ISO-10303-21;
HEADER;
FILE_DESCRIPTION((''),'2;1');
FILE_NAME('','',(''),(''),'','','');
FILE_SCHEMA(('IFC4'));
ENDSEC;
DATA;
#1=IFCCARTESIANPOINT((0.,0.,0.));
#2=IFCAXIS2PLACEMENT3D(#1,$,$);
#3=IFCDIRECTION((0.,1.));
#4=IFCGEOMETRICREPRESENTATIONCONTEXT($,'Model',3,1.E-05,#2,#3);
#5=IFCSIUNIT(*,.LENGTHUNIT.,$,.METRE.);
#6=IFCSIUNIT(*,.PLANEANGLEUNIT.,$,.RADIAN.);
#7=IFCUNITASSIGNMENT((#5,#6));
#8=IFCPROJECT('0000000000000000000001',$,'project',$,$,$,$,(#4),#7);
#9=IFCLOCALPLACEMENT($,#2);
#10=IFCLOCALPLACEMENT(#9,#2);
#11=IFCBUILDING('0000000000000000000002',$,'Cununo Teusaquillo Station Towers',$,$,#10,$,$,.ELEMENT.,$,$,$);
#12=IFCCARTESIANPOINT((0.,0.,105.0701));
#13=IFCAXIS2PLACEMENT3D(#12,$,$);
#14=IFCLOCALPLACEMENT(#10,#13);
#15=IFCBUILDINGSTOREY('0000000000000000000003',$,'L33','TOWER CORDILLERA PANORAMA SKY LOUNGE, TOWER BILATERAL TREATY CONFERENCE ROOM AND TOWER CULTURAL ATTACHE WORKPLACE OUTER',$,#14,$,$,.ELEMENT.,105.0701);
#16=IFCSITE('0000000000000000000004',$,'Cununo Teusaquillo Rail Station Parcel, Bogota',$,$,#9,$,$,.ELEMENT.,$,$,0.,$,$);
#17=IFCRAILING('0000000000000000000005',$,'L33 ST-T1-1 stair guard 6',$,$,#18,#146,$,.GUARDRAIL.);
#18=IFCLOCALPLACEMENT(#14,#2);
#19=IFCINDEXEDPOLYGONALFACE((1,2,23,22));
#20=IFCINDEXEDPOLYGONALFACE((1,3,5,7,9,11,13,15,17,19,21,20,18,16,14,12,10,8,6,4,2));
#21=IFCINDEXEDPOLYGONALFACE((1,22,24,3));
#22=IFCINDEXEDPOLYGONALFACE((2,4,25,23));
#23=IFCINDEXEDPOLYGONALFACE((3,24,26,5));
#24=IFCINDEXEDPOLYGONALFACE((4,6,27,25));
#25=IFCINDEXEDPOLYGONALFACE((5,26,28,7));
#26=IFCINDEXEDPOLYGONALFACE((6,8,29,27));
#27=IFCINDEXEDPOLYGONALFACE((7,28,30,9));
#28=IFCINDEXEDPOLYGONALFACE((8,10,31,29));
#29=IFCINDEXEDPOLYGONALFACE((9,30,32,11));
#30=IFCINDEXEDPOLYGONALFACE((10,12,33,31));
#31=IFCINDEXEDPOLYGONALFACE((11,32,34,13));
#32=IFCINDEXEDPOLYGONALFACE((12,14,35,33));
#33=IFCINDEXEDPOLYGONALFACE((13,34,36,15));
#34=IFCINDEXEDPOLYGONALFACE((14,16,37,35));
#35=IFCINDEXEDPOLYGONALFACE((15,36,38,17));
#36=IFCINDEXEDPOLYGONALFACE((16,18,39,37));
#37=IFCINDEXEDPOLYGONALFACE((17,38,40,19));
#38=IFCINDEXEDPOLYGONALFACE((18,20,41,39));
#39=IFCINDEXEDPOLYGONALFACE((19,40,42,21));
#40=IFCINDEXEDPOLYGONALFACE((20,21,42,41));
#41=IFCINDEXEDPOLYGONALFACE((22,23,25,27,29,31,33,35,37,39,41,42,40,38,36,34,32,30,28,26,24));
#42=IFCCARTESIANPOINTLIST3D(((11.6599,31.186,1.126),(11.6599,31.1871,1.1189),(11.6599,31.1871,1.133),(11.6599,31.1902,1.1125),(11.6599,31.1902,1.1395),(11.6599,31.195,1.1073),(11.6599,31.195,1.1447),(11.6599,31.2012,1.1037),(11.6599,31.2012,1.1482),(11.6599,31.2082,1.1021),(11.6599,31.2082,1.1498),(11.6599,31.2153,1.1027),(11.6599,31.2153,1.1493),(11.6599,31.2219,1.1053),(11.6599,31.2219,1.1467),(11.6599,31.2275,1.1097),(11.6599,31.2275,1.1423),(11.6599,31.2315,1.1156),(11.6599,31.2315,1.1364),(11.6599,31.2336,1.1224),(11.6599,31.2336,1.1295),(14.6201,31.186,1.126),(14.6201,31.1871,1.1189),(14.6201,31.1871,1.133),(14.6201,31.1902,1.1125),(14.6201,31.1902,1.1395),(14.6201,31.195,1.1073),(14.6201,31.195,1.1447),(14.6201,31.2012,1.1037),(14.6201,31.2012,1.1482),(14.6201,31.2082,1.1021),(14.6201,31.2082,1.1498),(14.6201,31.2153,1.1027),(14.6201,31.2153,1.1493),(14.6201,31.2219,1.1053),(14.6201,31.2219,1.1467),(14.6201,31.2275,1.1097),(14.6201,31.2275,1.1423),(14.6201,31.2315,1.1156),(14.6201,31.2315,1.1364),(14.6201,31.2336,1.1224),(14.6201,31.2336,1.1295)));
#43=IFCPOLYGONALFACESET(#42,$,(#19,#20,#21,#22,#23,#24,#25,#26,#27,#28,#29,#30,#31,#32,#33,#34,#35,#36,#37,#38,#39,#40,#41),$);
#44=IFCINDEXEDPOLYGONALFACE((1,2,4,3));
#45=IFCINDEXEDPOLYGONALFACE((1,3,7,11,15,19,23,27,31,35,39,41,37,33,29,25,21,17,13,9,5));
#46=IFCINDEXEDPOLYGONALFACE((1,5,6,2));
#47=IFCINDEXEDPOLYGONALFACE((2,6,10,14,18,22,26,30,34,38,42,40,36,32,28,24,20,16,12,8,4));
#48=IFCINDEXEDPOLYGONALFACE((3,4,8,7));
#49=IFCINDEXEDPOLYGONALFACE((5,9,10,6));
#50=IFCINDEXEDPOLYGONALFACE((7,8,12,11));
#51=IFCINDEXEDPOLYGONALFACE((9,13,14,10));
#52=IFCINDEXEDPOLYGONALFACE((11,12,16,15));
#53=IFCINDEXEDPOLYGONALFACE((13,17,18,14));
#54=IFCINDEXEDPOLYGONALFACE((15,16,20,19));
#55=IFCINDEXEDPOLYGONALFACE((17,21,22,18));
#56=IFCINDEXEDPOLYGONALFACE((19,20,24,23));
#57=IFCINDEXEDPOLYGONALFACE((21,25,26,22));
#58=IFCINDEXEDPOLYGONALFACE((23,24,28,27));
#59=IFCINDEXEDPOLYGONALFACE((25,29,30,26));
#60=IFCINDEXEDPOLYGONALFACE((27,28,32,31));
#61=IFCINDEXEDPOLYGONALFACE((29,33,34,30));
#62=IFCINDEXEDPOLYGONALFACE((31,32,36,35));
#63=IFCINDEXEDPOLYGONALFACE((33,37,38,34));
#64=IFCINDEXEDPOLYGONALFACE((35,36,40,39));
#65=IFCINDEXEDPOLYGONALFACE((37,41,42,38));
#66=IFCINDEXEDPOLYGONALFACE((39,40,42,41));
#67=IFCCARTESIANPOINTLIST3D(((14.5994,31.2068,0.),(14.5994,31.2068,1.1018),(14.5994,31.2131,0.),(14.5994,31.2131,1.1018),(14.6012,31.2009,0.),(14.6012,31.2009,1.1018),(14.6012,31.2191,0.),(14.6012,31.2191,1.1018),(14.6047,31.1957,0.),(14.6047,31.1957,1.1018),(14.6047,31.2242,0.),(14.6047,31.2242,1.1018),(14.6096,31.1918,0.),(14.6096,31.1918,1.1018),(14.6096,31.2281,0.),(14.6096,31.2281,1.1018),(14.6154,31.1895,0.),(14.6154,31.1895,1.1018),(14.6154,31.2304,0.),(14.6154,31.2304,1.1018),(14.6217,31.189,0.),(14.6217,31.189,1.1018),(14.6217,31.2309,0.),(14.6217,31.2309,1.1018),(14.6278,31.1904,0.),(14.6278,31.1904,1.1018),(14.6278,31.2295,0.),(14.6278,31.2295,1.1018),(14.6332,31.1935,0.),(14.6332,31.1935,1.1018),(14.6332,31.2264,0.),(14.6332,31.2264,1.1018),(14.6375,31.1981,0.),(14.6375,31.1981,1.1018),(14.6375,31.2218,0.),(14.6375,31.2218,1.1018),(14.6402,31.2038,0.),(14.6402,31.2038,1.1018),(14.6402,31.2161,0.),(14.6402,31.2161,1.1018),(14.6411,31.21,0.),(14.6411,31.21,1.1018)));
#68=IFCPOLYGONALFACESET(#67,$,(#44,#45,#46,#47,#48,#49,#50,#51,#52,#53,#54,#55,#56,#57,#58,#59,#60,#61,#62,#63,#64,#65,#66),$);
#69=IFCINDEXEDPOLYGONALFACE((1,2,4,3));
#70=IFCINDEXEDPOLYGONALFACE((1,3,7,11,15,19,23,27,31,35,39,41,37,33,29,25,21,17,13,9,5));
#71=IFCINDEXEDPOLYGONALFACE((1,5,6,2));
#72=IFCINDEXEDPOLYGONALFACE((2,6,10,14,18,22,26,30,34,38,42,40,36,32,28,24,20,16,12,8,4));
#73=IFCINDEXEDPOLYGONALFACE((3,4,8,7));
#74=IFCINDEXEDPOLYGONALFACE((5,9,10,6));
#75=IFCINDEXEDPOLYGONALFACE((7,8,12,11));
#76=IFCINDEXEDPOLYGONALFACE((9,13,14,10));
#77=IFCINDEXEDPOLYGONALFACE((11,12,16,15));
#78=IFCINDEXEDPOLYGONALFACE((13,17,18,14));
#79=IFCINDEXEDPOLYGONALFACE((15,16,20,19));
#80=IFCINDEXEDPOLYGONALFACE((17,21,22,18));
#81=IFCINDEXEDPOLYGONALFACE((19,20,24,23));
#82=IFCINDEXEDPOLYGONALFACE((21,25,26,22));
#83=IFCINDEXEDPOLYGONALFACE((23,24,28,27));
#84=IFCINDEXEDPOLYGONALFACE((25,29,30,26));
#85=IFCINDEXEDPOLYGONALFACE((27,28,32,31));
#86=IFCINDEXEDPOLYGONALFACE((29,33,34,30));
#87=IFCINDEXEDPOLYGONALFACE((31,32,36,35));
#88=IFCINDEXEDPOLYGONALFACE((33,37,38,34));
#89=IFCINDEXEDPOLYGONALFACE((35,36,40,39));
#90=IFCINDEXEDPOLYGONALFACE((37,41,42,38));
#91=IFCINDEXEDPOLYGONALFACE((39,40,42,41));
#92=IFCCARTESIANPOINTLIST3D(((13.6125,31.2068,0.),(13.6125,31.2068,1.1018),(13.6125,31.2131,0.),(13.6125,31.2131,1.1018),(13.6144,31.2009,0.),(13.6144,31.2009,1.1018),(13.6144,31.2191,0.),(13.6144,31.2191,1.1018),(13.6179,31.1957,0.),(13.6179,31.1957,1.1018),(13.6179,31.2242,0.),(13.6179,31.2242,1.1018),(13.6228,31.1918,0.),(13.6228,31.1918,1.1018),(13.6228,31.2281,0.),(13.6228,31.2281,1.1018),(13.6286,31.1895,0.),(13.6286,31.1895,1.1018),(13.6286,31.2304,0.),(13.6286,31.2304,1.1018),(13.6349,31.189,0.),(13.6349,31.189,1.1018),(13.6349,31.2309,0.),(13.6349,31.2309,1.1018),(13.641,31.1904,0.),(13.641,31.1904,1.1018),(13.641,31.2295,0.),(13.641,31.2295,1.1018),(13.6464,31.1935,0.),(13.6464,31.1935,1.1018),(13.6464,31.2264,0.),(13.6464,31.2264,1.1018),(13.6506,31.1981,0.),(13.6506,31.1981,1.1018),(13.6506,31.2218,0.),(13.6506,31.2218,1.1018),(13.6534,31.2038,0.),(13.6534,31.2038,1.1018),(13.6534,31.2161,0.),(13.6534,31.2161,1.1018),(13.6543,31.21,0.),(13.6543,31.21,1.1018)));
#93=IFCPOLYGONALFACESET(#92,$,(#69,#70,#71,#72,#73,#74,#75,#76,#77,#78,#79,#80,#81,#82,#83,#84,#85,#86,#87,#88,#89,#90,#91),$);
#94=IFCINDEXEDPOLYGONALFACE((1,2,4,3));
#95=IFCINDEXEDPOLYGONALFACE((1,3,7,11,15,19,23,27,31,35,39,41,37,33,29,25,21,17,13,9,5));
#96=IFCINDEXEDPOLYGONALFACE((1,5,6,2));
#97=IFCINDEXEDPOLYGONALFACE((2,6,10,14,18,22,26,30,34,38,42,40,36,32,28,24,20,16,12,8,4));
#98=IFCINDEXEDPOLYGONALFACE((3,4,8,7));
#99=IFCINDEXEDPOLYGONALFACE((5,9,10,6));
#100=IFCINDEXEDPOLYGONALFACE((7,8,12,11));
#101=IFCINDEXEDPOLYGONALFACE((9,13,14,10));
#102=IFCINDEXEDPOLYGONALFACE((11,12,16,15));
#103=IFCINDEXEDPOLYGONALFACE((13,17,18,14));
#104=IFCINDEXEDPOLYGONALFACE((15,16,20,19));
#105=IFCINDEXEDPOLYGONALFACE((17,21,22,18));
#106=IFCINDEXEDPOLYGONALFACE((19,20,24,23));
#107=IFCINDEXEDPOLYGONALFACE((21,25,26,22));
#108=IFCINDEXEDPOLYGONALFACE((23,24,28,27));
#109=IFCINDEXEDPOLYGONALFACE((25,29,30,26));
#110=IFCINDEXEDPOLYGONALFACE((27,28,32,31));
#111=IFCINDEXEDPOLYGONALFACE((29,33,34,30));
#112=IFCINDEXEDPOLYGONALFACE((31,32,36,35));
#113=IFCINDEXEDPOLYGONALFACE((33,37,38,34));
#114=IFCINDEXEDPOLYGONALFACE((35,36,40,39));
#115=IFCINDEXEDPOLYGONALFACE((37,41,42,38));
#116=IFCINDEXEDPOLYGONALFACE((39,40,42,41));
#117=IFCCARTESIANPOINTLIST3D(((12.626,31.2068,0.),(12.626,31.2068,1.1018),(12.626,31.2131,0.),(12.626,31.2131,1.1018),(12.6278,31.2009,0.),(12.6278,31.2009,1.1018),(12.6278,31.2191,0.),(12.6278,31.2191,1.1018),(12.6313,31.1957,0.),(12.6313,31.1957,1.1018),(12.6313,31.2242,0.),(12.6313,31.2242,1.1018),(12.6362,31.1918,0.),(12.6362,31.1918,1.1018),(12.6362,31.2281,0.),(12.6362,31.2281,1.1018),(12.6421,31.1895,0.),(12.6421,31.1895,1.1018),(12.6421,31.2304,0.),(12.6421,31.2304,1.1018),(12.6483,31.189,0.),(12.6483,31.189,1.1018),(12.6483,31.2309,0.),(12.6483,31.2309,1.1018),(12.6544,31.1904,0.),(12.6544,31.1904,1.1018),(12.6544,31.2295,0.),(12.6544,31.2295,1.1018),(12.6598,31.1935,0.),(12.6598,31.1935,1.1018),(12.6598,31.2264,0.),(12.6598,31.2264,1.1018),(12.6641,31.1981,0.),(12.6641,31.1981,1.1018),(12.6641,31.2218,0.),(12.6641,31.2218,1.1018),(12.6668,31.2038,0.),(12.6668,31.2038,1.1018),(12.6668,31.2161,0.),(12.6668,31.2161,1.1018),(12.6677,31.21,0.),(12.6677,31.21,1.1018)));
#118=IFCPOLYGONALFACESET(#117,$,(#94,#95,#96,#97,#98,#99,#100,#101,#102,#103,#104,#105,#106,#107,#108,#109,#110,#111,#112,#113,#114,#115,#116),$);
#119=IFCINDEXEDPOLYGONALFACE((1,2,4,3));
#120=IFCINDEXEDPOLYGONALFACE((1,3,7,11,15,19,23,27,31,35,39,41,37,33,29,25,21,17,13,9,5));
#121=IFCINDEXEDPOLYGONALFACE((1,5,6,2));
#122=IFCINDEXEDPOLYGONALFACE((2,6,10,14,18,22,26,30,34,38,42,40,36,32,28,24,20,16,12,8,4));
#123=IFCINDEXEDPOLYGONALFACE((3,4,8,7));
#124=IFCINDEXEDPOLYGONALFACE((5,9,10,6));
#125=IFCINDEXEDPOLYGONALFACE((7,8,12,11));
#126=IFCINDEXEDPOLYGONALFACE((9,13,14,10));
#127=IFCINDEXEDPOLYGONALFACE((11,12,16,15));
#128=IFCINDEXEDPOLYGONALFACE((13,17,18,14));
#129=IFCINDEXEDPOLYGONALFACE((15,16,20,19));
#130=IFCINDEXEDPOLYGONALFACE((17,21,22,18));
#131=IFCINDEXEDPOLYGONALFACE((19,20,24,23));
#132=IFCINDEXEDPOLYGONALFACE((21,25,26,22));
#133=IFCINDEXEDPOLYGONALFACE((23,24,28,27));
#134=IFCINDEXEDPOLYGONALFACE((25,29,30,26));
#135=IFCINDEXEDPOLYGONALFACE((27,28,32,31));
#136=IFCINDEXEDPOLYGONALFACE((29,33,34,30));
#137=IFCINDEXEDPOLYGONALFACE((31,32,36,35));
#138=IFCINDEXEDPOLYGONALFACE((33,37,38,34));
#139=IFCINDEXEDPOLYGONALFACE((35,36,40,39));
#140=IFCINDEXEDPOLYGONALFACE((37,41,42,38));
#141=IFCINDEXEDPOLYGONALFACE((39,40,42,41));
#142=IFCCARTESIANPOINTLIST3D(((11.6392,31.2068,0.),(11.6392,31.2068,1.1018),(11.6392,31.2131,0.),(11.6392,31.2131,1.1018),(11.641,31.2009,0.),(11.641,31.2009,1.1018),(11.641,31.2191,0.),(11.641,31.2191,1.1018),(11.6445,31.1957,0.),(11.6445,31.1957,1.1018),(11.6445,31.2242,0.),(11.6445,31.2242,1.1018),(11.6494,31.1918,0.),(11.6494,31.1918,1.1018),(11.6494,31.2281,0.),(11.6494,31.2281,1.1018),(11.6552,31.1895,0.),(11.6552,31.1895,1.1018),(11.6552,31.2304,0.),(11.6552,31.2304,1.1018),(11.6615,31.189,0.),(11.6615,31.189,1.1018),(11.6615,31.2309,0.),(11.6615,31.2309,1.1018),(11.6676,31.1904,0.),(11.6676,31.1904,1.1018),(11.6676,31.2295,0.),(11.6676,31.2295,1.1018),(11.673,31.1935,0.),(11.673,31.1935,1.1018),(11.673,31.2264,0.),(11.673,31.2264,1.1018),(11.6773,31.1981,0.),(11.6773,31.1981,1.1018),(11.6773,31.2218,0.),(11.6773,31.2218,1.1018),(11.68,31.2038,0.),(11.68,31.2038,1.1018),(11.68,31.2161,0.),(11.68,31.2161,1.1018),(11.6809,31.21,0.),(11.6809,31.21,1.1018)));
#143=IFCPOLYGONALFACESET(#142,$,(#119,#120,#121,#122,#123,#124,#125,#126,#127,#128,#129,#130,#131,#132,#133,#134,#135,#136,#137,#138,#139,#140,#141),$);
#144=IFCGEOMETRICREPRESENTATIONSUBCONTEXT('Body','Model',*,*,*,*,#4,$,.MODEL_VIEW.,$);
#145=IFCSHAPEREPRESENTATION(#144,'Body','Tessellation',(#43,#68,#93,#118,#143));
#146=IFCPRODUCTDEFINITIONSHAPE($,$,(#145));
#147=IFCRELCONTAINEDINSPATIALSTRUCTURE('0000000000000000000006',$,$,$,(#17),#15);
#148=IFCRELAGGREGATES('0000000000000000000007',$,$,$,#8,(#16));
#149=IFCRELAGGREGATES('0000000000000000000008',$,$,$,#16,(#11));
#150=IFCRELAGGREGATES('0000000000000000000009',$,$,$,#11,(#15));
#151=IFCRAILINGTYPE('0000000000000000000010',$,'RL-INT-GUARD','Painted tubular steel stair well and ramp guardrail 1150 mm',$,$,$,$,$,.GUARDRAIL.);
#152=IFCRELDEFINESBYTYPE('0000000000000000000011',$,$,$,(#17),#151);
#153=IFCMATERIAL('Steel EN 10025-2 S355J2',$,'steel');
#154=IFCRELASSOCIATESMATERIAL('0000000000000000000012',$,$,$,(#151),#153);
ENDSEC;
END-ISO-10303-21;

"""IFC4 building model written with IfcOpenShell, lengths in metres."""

from ifc_helpers import new_model, si_unit, direction, frame, origin, origin_2d, place, context, subcontext, project, spatial, circle, extrude, material, type_object, element, save


model = new_model("IFC4")

# Units and contexts
model_context = context("Model", 3, precision=1e-05, world=origin(), true_north=direction((0.0, 1.0)))
body_context = subcontext(model_context, "Body", "Model", "MODEL_VIEW")
ifc_project = project(units=[si_unit("LENGTHUNIT", "METRE"), si_unit("PLANEANGLEUNIT", "RADIAN")], contexts=[model_context])

# Site, building, storey
site_placement = place(None, origin())
site = spatial("IfcSite", under=ifc_project, at=site_placement, Name="Cununo Teusaquillo Rail Station Parcel, Bogota", CompositionType="ELEMENT", RefElevation=0.0)
building_placement = place(site_placement, origin())
building = spatial("IfcBuilding", under=site, at=building_placement, Name="Cununo Teusaquillo Station Towers", CompositionType="ELEMENT")
storey_placement = place(building_placement, frame((0.0, 0.0, 105.0701)))
storey = spatial("IfcBuildingStorey", under=building, at=storey_placement, Name="L33", Description="TOWER CORDILLERA PANORAMA SKY LOUNGE, TOWER BILATERAL TREATY CONFERENCE ROOM AND TOWER CULTURAL ATTACHE WORKPLACE OUTER", CompositionType="ELEMENT", Elevation=105.0701)

# Railing
ifc_material_1 = material(Name="Steel EN 10025-2 S355J2", Category="steel")
railing_type_1 = type_object("IfcRailingType", Name="RL-INT-GUARD", Description="Painted tubular steel stair well and ramp guardrail 1150 mm", PredefinedType="GUARDRAIL", material=ifc_material_1)
railing_1_placement = place(storey_placement, frame((14.6201, 31.21, 0.0)))
element("IfcRailing", 1, at=railing_1_placement, inside=storey, type_object=railing_type_1, Name="L33 ST-T1-1 stair guard 6", PredefinedType="GUARDRAIL", context=body_context, shape_type="SweptSolid", body=[
    extrude(circle(Radius=0.0239, at=origin_2d()), frame((0.0, 0.0, 1.126), z_axis=(-1.0, 0.0, 0.0), x_axis=(0.0, -1.0, 0.0)), (0.0, 0.0, 1.0), 2.9602),
    extrude(circle(Radius=0.021, at=origin_2d()), origin(), (0.0, 0.0, 1.0), 1.1018),
    extrude(circle(Radius=0.021, at=origin_2d()), frame((-0.9868, 0.0, 0.0)), (0.0, 0.0, 1.0), 1.1018),
    extrude(circle(Radius=0.021, at=origin_2d()), frame((-1.9734, 0.0, 0.0)), (0.0, 0.0, 1.0), 1.1018),
    extrude(circle(Radius=0.021, at=origin_2d()), frame((-2.9602, 0.0, 0.0)), (0.0, 0.0, 1.0), 1.1018),
])

save(model, "model.ifc")
